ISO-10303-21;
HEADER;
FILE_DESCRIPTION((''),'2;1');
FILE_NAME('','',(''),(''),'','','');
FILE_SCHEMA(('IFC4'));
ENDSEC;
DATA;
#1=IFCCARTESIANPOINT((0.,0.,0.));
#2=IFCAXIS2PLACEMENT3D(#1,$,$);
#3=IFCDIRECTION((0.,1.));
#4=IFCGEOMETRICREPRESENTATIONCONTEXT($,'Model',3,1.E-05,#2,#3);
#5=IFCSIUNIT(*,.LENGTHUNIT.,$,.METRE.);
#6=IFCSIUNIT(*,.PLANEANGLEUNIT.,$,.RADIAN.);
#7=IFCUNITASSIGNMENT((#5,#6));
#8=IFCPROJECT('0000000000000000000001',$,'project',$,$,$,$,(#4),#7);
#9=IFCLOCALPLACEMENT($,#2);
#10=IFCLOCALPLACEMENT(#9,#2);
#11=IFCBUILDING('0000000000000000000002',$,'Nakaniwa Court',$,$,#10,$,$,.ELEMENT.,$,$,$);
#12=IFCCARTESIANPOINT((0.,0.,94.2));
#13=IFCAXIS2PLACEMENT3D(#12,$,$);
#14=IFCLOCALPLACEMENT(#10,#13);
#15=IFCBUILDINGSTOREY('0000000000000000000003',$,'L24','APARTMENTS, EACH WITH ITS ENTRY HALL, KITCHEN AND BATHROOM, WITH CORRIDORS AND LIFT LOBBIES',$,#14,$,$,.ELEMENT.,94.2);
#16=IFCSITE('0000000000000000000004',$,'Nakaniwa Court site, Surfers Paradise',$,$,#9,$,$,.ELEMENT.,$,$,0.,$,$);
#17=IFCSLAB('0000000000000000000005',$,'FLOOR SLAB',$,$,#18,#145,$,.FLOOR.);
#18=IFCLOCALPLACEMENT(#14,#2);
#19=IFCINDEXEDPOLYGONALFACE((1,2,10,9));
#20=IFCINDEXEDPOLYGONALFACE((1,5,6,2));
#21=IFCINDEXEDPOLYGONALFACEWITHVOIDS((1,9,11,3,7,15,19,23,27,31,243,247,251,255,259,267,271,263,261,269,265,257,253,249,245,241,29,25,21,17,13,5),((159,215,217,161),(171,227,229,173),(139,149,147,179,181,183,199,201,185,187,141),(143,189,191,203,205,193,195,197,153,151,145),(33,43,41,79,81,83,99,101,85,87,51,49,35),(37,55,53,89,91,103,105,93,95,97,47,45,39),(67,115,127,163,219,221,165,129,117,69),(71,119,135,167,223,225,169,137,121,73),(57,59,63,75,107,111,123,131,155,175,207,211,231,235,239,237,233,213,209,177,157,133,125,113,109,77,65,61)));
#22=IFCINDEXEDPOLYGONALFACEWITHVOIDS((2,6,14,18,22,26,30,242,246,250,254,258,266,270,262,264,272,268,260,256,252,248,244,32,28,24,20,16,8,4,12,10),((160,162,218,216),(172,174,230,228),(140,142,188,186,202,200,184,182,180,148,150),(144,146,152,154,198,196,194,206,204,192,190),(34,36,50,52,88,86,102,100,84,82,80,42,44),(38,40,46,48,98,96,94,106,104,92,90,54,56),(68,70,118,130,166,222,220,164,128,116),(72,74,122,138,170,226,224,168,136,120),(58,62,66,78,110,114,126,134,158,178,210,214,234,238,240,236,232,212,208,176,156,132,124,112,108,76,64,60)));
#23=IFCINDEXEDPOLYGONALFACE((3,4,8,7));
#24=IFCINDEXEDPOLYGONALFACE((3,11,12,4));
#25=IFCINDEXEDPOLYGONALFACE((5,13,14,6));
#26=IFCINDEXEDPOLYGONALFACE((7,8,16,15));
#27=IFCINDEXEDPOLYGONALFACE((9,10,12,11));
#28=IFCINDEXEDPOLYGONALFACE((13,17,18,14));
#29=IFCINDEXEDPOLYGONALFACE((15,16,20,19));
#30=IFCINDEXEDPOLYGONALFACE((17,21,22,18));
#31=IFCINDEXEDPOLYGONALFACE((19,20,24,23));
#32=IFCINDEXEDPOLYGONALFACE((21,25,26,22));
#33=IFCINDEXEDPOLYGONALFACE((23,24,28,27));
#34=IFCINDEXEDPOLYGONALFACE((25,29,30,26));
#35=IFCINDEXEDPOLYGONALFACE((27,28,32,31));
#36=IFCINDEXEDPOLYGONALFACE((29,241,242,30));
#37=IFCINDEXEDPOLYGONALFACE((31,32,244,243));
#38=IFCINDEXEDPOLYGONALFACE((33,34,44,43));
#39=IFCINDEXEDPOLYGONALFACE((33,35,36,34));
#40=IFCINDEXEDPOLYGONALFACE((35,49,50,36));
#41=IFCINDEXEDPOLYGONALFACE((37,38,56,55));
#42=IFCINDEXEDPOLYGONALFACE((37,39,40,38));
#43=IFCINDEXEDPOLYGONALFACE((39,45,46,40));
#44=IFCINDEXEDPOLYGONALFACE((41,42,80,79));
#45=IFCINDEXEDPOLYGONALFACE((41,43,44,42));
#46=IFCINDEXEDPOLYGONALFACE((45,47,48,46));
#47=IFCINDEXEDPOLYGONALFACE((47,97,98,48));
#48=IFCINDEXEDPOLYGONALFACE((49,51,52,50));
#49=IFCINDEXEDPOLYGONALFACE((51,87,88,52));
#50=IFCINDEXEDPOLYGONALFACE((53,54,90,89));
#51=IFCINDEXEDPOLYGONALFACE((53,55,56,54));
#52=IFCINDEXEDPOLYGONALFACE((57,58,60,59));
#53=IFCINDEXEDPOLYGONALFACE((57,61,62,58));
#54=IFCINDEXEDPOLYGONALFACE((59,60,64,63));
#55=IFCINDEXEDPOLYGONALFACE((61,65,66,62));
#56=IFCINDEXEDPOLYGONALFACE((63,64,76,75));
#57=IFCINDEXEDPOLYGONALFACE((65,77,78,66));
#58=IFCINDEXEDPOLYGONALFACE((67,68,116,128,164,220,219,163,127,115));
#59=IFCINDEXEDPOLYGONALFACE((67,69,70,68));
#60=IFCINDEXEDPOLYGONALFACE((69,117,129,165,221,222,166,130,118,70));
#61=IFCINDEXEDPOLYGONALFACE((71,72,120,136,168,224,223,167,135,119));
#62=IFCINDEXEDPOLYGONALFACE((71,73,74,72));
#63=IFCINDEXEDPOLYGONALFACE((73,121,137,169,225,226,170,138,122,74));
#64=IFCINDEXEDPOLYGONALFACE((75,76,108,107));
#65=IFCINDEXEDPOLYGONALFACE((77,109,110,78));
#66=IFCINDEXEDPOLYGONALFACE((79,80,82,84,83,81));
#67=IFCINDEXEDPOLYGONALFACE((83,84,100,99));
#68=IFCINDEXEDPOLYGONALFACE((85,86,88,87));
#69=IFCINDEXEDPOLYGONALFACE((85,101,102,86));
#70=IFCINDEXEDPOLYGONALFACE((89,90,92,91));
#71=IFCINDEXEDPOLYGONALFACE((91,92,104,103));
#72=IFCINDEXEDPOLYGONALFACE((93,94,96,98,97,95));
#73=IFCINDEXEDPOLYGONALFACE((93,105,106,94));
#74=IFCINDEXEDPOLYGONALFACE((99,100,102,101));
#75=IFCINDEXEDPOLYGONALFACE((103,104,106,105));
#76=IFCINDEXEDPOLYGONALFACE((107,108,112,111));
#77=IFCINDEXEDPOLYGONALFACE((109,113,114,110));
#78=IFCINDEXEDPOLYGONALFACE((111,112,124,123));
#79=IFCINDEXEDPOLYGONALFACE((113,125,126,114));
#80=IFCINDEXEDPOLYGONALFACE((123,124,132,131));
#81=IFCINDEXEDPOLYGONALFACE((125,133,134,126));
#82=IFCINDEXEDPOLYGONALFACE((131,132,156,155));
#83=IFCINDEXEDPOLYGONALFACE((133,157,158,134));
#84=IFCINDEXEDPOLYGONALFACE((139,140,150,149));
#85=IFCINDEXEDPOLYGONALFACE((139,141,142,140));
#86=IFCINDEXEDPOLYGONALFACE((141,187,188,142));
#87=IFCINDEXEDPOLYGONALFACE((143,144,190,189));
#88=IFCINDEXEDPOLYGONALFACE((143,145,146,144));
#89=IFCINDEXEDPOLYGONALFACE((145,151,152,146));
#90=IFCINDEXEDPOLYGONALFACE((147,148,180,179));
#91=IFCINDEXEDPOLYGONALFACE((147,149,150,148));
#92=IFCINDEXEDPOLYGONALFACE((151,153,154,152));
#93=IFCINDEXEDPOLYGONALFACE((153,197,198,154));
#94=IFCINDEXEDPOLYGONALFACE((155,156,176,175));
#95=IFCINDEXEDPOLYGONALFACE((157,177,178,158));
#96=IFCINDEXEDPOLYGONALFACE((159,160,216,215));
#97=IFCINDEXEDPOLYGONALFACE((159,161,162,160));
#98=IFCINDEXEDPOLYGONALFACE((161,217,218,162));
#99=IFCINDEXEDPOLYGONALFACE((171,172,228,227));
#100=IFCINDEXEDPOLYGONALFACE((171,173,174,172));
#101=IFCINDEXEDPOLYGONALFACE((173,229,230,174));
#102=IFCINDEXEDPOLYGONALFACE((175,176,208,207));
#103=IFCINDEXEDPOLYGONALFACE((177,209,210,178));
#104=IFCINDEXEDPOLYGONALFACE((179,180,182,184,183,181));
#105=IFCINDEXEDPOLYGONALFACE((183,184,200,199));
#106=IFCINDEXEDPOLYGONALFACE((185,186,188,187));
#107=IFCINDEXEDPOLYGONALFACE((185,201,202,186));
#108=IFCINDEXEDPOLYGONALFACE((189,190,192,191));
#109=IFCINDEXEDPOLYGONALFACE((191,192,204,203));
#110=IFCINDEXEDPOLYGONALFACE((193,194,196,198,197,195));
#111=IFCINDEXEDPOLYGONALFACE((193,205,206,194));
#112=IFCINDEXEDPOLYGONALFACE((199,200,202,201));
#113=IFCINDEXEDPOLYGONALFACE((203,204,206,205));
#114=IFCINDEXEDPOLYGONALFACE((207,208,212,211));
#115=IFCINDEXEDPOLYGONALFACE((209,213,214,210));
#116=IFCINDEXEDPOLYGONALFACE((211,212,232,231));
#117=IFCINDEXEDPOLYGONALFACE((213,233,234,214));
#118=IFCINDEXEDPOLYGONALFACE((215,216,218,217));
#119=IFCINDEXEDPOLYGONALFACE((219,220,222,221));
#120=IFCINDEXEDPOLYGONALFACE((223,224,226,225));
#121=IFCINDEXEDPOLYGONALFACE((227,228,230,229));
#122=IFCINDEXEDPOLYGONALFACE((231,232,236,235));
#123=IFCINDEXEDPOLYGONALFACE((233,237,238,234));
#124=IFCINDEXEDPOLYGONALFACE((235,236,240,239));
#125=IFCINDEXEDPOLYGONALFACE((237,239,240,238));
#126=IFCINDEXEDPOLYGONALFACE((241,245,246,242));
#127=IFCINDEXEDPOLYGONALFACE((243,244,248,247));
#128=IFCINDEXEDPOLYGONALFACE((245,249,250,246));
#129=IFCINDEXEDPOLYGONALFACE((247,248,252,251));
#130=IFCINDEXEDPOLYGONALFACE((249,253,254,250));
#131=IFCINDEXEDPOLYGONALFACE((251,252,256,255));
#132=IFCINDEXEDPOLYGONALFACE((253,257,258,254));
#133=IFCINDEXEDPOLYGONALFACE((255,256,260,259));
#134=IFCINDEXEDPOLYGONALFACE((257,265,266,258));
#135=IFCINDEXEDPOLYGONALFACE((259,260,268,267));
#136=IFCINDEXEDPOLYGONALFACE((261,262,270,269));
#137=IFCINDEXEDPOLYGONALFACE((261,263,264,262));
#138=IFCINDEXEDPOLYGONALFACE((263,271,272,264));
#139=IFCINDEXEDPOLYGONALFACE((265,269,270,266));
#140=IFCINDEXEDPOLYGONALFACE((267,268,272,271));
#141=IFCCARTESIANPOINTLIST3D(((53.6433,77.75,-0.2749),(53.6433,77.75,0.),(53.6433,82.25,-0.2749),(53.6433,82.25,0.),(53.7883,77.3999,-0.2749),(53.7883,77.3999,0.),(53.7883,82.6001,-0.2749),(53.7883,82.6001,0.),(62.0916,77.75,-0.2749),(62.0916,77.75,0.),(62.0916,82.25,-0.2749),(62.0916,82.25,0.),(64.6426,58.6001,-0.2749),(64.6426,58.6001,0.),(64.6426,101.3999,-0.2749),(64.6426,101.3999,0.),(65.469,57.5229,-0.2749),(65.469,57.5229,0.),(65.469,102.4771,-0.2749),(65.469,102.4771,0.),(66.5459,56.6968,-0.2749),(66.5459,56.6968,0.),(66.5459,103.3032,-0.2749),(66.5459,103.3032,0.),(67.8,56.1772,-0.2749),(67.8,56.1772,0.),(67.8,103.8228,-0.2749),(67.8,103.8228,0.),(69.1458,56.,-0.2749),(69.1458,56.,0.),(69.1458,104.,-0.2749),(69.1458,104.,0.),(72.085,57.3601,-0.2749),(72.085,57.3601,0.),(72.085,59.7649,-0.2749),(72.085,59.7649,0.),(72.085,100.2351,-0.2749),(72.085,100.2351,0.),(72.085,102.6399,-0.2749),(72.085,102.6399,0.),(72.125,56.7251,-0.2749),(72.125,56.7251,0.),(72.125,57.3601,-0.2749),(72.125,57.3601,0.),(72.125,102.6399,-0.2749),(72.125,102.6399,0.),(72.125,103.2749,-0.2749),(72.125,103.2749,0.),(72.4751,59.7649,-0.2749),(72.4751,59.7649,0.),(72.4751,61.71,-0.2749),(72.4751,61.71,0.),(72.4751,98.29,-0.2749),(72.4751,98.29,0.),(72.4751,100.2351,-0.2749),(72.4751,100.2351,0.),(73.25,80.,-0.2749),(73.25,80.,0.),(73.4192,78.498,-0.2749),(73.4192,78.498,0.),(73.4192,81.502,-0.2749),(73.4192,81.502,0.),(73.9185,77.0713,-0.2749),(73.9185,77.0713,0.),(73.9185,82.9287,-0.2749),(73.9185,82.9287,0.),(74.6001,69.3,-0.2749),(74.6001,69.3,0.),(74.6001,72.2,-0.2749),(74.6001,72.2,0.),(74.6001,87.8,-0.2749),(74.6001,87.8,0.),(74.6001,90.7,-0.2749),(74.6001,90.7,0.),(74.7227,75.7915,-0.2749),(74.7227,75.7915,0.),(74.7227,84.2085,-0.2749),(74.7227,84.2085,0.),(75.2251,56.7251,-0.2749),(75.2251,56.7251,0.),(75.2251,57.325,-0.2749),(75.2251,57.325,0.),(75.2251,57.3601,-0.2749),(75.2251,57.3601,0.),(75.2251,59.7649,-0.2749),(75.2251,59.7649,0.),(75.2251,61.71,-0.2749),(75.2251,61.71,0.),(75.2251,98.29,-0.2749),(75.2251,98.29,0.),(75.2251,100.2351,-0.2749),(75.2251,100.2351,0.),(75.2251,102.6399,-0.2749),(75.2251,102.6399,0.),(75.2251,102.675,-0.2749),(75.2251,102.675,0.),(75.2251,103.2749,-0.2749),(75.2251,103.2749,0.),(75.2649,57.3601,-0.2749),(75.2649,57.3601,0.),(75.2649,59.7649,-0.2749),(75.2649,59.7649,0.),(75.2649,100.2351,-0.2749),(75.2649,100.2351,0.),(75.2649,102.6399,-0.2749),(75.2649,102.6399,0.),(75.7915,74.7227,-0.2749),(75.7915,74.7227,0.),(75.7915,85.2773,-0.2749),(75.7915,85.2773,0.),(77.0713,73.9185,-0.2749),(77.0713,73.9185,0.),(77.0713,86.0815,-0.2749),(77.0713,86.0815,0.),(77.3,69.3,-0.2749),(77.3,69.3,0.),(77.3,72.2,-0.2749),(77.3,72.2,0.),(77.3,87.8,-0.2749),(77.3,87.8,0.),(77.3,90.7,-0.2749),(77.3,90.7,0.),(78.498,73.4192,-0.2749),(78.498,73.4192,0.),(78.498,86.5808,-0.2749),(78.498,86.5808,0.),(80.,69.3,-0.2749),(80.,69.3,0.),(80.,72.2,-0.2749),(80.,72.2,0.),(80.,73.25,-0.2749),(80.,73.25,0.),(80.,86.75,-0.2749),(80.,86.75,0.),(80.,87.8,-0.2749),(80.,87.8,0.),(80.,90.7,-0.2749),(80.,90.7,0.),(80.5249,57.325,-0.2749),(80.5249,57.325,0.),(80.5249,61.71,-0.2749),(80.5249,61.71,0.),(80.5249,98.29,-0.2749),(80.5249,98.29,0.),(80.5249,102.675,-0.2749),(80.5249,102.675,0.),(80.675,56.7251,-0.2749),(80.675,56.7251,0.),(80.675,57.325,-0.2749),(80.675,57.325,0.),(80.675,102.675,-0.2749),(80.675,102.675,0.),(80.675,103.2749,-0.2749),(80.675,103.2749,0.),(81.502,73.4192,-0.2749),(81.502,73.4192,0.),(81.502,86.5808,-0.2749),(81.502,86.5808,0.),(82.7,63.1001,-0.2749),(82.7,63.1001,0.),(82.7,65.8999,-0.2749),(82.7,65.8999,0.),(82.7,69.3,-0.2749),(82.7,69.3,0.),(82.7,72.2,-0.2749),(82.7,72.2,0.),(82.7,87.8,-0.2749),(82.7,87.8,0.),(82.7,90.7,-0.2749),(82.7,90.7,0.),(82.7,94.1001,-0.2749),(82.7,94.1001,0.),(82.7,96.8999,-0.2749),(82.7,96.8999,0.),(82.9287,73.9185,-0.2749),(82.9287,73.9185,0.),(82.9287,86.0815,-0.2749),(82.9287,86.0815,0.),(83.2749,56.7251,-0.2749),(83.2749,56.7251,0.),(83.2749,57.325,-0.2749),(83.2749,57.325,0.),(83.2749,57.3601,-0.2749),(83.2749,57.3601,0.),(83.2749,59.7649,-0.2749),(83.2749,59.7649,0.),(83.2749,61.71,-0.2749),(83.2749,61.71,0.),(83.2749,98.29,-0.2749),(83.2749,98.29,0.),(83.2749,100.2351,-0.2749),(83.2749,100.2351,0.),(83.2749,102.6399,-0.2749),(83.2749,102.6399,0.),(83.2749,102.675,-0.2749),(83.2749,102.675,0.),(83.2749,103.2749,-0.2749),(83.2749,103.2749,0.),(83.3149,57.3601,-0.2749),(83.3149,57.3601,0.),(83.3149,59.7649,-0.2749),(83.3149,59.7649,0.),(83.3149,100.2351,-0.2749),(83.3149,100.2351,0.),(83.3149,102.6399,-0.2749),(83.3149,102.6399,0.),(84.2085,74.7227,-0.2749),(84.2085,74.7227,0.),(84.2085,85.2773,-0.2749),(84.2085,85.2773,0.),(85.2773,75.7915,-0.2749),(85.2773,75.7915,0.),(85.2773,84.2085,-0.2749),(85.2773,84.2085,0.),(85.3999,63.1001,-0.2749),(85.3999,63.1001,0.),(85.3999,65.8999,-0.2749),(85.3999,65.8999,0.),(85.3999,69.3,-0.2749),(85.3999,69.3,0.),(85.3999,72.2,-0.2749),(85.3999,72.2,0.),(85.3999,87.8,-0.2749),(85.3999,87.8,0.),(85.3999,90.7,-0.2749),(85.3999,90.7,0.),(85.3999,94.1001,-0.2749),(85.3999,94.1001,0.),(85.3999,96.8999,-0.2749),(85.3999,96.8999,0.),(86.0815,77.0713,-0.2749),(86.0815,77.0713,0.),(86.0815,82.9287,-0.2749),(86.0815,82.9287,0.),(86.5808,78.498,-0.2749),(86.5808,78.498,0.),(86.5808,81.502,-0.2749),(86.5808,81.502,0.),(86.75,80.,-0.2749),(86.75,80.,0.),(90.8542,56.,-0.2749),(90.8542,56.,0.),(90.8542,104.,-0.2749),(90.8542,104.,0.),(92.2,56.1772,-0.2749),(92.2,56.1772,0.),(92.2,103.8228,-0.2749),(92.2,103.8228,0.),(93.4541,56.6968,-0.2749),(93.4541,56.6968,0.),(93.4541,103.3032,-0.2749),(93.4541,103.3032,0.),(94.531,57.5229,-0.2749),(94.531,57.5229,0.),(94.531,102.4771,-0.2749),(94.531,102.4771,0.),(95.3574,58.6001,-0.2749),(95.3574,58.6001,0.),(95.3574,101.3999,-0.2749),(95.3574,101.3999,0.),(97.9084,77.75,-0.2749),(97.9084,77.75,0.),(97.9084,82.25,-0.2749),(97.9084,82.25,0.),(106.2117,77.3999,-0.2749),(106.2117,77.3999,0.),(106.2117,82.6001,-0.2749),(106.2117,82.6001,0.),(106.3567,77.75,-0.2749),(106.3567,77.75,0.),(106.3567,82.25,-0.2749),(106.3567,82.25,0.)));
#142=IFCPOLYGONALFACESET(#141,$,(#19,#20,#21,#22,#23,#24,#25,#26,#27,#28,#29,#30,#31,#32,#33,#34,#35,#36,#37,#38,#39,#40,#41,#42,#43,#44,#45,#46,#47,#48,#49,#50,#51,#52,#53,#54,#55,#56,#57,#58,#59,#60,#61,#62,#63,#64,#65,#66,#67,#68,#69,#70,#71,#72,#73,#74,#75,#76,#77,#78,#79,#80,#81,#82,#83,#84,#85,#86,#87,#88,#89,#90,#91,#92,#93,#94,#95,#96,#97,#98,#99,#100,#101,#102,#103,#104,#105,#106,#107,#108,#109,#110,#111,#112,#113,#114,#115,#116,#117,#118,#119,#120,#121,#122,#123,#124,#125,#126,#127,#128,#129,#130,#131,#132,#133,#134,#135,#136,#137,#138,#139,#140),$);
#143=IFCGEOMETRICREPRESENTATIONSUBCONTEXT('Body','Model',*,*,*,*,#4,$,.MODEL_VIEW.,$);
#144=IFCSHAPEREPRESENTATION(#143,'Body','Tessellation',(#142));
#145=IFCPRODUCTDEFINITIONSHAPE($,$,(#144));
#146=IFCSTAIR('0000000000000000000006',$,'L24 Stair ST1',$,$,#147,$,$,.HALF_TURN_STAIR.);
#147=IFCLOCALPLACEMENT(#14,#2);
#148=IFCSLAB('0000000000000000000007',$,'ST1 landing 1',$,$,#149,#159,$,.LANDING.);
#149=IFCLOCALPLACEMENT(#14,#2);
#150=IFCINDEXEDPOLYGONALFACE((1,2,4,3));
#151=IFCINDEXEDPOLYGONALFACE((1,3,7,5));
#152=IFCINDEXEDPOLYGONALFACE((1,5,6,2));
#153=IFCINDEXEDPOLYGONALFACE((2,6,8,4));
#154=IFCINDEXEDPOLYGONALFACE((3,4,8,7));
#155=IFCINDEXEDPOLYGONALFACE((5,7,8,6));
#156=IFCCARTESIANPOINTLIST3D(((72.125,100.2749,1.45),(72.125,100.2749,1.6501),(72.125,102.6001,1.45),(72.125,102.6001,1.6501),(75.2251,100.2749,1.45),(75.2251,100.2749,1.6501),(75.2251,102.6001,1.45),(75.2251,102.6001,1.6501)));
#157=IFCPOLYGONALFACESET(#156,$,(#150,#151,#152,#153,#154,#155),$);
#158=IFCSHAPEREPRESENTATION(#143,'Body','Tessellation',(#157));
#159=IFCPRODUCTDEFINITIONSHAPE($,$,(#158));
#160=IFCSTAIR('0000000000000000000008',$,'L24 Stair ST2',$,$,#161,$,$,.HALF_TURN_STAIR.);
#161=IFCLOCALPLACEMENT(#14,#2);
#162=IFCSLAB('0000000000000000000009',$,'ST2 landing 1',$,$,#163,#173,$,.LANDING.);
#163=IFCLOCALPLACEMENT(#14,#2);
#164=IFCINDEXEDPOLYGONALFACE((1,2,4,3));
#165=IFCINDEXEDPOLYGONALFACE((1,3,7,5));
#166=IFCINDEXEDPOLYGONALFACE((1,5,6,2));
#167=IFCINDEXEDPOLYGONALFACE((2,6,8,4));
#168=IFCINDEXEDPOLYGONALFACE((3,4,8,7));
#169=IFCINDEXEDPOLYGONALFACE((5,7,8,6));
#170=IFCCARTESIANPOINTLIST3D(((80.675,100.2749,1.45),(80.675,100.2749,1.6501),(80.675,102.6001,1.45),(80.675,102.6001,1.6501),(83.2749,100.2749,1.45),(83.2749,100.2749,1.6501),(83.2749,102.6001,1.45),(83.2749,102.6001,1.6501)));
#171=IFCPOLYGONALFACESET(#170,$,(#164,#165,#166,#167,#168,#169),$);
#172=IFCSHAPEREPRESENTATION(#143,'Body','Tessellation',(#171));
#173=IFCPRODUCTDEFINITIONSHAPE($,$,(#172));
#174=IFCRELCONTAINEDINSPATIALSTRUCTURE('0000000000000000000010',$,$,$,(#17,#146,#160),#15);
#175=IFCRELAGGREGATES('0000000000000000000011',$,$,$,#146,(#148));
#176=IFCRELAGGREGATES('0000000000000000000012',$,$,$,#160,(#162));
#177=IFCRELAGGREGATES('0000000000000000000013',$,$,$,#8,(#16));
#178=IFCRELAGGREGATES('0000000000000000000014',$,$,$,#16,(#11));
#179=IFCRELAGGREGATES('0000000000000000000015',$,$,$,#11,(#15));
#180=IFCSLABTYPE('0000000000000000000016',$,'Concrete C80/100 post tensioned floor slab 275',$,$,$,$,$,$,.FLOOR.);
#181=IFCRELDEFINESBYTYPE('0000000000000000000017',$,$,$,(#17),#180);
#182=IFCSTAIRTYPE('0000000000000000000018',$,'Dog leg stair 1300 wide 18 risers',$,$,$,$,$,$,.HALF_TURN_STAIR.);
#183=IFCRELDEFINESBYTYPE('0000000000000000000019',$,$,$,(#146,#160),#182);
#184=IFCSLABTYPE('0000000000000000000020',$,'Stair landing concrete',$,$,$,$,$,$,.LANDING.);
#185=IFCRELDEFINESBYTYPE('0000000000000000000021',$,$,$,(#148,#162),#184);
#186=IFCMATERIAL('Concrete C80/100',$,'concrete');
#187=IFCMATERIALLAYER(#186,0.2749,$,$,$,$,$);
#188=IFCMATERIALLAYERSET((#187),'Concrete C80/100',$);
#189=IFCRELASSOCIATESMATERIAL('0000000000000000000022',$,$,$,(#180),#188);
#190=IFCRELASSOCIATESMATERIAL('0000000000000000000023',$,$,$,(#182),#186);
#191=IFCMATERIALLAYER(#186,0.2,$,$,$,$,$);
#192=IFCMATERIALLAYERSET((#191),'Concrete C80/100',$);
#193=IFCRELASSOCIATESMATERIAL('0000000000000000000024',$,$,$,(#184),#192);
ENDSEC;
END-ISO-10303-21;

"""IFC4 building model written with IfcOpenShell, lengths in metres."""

from ifc_helpers import new_model, si_unit, direction, frame, origin, place, context, subcontext, project, spatial, polyline, outline, extrude, material, layer, layer_set, type_object, element, aggregate, save


model = new_model("IFC4")

# Units and contexts
model_context = context("Model", 3, precision=1e-05, world=origin(), true_north=direction((0.0, 1.0)))
body_context = subcontext(model_context, "Body", "Model", "MODEL_VIEW")
ifc_project = project(units=[si_unit("LENGTHUNIT", "METRE"), si_unit("PLANEANGLEUNIT", "RADIAN")], contexts=[model_context])

# Site, building, storey
site_placement = place(None, origin())
site = spatial("IfcSite", under=ifc_project, at=site_placement, Name="Nakaniwa Court site, Surfers Paradise", CompositionType="ELEMENT", RefElevation=0.0)
building_placement = place(site_placement, origin())
building = spatial("IfcBuilding", under=site, at=building_placement, Name="Nakaniwa Court", CompositionType="ELEMENT")
storey_placement = place(building_placement, frame((0.0, 0.0, 94.2)))
storey = spatial("IfcBuildingStorey", under=building, at=storey_placement, Name="L24", Description="APARTMENTS, EACH WITH ITS ENTRY HALL, KITCHEN AND BATHROOM, WITH CORRIDORS AND LIFT LOBBIES", CompositionType="ELEMENT", Elevation=94.2)

# Shared definitions
ifc_material_1 = material(Name="Concrete C80/100", Category="concrete")

# Slab
ifc_layer_1 = layer(ifc_material_1, 0.2749)
ifc_layer_set_1 = layer_set([ifc_layer_1], Name="Concrete C80/100")
slab_type_1 = type_object("IfcSlabType", Name="Concrete C80/100 post tensioned floor slab 275", PredefinedType="FLOOR", material=ifc_layer_set_1)
slab_1_placement = place(storey_placement, frame((0.0, 0.0, -0.2749)))
element("IfcSlab", 1, at=slab_1_placement, inside=storey, type_object=slab_type_1, Name="FLOOR SLAB", PredefinedType="FLOOR", context=body_context, shape_type="SweptSolid", body=[
    extrude(outline(polyline([(97.9084, 82.25), (106.3567, 82.25), (106.2117, 82.6001), (95.3574, 101.3999), (94.531, 102.4771), (93.4541, 103.3032), (92.2, 103.8228), (90.8542, 104.0), (69.1458, 104.0), (67.8, 103.8228), (66.5459, 103.3032), (65.469, 102.4771), (64.6426, 101.3999), (53.7883, 82.6001), (53.6433, 82.25), (62.0916, 82.25), (62.0916, 77.75), (53.6433, 77.75), (53.7883, 77.3999), (64.6426, 58.6001), (65.469, 57.5229), (66.5459, 56.6968), (67.8, 56.1772), (69.1458, 56.0), (90.8542, 56.0), (92.2, 56.1772), (93.4541, 56.6968), (94.531, 57.5229), (95.3574, 58.6001), (106.2117, 77.3999), (106.3567, 77.75), (97.9084, 77.75), (97.9084, 82.25)]), holes=[polyline([(81.502, 86.5808), (80.0, 86.75), (78.498, 86.5808), (77.0713, 86.0815), (75.7915, 85.2773), (74.7227, 84.2085), (73.9185, 82.9287), (73.4192, 81.502), (73.25, 80.0), (73.4192, 78.498), (73.9185, 77.0713), (74.7227, 75.7915), (75.7915, 74.7227), (77.0713, 73.9185), (78.498, 73.4192), (80.0, 73.25), (81.502, 73.4192), (82.9287, 73.9185), (84.2085, 74.7227), (85.2773, 75.7915), (86.0815, 77.0713), (86.5808, 78.498), (86.75, 80.0), (86.5808, 81.502), (86.0815, 82.9287), (85.2773, 84.2085), (84.2085, 85.2773), (82.9287, 86.0815), (81.502, 86.5808)]), polyline([(75.2649, 57.3601), (75.2649, 59.7649), (75.2251, 59.7649), (75.2251, 61.71), (72.4751, 61.71), (72.4751, 59.7649), (72.085, 59.7649), (72.085, 57.3601), (72.125, 57.3601), (72.125, 56.7251), (75.2251, 56.7251), (75.2251, 57.325), (75.2251, 57.3601), (75.2649, 57.3601)]), polyline([(80.0, 69.3), (82.7, 69.3), (85.3999, 69.3), (85.3999, 72.2), (82.7, 72.2), (80.0, 72.2), (77.3, 72.2), (74.6001, 72.2), (74.6001, 69.3), (77.3, 69.3), (80.0, 69.3)]), polyline([(80.0, 87.8), (82.7, 87.8), (85.3999, 87.8), (85.3999, 90.7), (82.7, 90.7), (80.0, 90.7), (77.3, 90.7), (74.6001, 90.7), (74.6001, 87.8), (77.3, 87.8), (80.0, 87.8)]), polyline([(75.2649, 100.2351), (75.2649, 102.6399), (75.2251, 102.6399), (75.2251, 102.675), (75.2251, 103.2749), (72.125, 103.2749), (72.125, 102.6399), (72.085, 102.6399), (72.085, 100.2351), (72.4751, 100.2351), (72.4751, 98.29), (75.2251, 98.29), (75.2251, 100.2351), (75.2649, 100.2351)]), polyline([(83.2749, 61.71), (80.5249, 61.71), (80.5249, 57.325), (80.675, 57.325), (80.675, 56.7251), (83.2749, 56.7251), (83.2749, 57.325), (83.2749, 57.3601), (83.3149, 57.3601), (83.3149, 59.7649), (83.2749, 59.7649), (83.2749, 61.71)]), polyline([(85.3999, 65.8999), (82.7, 65.8999), (82.7, 63.1001), (85.3999, 63.1001), (85.3999, 65.8999)]), polyline([(85.3999, 96.8999), (82.7, 96.8999), (82.7, 94.1001), (85.3999, 94.1001), (85.3999, 96.8999)]), polyline([(83.2749, 100.2351), (83.3149, 100.2351), (83.3149, 102.6399), (83.2749, 102.6399), (83.2749, 102.675), (83.2749, 103.2749), (80.675, 103.2749), (80.675, 102.675), (80.5249, 102.675), (80.5249, 98.29), (83.2749, 98.29), (83.2749, 100.2351)])]), origin(), (0.0, 0.0, 1.0), 0.2749),
])

# Stairs, slabs
stair_type = type_object("IfcStairType", Name="Dog leg stair 1300 wide 18 risers", PredefinedType="HALF_TURN_STAIR", material=ifc_material_1)
stair_1_placement = place(storey_placement, origin())
stair_1 = element("IfcStair", 2, at=stair_1_placement, inside=storey, type_object=stair_type, Name="L24 Stair ST1", PredefinedType="HALF_TURN_STAIR")
ifc_layer_2 = layer(ifc_material_1, 0.2)
ifc_layer_set_2 = layer_set([ifc_layer_2], Name="Concrete C80/100")
slab_type_2 = type_object("IfcSlabType", Name="Stair landing concrete", PredefinedType="LANDING", material=ifc_layer_set_2)
slab_2_placement = place(storey_placement, frame((0.0, 0.0, 1.45)))
slab_2 = element("IfcSlab", 3, at=slab_2_placement, type_object=slab_type_2, Name="ST1 landing 1", PredefinedType="LANDING", context=body_context, shape_type="SweptSolid", body=[
    extrude(outline(polyline([(75.2251, 100.2749), (75.2251, 102.6001), (72.125, 102.6001), (72.125, 100.2749), (75.2251, 100.2749)])), origin(), (0.0, 0.0, 1.0), 0.2002),
])
aggregate(stair_1, [slab_2])
stair_2_placement = place(storey_placement, origin())
stair_2 = element("IfcStair", 4, at=stair_2_placement, inside=storey, type_object=stair_type, Name="L24 Stair ST2", PredefinedType="HALF_TURN_STAIR")
slab_3_placement = place(storey_placement, frame((0.0, 0.0, 1.45)))
slab_3 = element("IfcSlab", 5, at=slab_3_placement, type_object=slab_type_2, Name="ST2 landing 1", PredefinedType="LANDING", context=body_context, shape_type="SweptSolid", body=[
    extrude(outline(polyline([(83.2749, 100.2749), (83.2749, 102.6001), (80.675, 102.6001), (80.675, 100.2749), (83.2749, 100.2749)])), origin(), (0.0, 0.0, 1.0), 0.2002),
])
aggregate(stair_2, [slab_3])

save(model, "model.ifc")
